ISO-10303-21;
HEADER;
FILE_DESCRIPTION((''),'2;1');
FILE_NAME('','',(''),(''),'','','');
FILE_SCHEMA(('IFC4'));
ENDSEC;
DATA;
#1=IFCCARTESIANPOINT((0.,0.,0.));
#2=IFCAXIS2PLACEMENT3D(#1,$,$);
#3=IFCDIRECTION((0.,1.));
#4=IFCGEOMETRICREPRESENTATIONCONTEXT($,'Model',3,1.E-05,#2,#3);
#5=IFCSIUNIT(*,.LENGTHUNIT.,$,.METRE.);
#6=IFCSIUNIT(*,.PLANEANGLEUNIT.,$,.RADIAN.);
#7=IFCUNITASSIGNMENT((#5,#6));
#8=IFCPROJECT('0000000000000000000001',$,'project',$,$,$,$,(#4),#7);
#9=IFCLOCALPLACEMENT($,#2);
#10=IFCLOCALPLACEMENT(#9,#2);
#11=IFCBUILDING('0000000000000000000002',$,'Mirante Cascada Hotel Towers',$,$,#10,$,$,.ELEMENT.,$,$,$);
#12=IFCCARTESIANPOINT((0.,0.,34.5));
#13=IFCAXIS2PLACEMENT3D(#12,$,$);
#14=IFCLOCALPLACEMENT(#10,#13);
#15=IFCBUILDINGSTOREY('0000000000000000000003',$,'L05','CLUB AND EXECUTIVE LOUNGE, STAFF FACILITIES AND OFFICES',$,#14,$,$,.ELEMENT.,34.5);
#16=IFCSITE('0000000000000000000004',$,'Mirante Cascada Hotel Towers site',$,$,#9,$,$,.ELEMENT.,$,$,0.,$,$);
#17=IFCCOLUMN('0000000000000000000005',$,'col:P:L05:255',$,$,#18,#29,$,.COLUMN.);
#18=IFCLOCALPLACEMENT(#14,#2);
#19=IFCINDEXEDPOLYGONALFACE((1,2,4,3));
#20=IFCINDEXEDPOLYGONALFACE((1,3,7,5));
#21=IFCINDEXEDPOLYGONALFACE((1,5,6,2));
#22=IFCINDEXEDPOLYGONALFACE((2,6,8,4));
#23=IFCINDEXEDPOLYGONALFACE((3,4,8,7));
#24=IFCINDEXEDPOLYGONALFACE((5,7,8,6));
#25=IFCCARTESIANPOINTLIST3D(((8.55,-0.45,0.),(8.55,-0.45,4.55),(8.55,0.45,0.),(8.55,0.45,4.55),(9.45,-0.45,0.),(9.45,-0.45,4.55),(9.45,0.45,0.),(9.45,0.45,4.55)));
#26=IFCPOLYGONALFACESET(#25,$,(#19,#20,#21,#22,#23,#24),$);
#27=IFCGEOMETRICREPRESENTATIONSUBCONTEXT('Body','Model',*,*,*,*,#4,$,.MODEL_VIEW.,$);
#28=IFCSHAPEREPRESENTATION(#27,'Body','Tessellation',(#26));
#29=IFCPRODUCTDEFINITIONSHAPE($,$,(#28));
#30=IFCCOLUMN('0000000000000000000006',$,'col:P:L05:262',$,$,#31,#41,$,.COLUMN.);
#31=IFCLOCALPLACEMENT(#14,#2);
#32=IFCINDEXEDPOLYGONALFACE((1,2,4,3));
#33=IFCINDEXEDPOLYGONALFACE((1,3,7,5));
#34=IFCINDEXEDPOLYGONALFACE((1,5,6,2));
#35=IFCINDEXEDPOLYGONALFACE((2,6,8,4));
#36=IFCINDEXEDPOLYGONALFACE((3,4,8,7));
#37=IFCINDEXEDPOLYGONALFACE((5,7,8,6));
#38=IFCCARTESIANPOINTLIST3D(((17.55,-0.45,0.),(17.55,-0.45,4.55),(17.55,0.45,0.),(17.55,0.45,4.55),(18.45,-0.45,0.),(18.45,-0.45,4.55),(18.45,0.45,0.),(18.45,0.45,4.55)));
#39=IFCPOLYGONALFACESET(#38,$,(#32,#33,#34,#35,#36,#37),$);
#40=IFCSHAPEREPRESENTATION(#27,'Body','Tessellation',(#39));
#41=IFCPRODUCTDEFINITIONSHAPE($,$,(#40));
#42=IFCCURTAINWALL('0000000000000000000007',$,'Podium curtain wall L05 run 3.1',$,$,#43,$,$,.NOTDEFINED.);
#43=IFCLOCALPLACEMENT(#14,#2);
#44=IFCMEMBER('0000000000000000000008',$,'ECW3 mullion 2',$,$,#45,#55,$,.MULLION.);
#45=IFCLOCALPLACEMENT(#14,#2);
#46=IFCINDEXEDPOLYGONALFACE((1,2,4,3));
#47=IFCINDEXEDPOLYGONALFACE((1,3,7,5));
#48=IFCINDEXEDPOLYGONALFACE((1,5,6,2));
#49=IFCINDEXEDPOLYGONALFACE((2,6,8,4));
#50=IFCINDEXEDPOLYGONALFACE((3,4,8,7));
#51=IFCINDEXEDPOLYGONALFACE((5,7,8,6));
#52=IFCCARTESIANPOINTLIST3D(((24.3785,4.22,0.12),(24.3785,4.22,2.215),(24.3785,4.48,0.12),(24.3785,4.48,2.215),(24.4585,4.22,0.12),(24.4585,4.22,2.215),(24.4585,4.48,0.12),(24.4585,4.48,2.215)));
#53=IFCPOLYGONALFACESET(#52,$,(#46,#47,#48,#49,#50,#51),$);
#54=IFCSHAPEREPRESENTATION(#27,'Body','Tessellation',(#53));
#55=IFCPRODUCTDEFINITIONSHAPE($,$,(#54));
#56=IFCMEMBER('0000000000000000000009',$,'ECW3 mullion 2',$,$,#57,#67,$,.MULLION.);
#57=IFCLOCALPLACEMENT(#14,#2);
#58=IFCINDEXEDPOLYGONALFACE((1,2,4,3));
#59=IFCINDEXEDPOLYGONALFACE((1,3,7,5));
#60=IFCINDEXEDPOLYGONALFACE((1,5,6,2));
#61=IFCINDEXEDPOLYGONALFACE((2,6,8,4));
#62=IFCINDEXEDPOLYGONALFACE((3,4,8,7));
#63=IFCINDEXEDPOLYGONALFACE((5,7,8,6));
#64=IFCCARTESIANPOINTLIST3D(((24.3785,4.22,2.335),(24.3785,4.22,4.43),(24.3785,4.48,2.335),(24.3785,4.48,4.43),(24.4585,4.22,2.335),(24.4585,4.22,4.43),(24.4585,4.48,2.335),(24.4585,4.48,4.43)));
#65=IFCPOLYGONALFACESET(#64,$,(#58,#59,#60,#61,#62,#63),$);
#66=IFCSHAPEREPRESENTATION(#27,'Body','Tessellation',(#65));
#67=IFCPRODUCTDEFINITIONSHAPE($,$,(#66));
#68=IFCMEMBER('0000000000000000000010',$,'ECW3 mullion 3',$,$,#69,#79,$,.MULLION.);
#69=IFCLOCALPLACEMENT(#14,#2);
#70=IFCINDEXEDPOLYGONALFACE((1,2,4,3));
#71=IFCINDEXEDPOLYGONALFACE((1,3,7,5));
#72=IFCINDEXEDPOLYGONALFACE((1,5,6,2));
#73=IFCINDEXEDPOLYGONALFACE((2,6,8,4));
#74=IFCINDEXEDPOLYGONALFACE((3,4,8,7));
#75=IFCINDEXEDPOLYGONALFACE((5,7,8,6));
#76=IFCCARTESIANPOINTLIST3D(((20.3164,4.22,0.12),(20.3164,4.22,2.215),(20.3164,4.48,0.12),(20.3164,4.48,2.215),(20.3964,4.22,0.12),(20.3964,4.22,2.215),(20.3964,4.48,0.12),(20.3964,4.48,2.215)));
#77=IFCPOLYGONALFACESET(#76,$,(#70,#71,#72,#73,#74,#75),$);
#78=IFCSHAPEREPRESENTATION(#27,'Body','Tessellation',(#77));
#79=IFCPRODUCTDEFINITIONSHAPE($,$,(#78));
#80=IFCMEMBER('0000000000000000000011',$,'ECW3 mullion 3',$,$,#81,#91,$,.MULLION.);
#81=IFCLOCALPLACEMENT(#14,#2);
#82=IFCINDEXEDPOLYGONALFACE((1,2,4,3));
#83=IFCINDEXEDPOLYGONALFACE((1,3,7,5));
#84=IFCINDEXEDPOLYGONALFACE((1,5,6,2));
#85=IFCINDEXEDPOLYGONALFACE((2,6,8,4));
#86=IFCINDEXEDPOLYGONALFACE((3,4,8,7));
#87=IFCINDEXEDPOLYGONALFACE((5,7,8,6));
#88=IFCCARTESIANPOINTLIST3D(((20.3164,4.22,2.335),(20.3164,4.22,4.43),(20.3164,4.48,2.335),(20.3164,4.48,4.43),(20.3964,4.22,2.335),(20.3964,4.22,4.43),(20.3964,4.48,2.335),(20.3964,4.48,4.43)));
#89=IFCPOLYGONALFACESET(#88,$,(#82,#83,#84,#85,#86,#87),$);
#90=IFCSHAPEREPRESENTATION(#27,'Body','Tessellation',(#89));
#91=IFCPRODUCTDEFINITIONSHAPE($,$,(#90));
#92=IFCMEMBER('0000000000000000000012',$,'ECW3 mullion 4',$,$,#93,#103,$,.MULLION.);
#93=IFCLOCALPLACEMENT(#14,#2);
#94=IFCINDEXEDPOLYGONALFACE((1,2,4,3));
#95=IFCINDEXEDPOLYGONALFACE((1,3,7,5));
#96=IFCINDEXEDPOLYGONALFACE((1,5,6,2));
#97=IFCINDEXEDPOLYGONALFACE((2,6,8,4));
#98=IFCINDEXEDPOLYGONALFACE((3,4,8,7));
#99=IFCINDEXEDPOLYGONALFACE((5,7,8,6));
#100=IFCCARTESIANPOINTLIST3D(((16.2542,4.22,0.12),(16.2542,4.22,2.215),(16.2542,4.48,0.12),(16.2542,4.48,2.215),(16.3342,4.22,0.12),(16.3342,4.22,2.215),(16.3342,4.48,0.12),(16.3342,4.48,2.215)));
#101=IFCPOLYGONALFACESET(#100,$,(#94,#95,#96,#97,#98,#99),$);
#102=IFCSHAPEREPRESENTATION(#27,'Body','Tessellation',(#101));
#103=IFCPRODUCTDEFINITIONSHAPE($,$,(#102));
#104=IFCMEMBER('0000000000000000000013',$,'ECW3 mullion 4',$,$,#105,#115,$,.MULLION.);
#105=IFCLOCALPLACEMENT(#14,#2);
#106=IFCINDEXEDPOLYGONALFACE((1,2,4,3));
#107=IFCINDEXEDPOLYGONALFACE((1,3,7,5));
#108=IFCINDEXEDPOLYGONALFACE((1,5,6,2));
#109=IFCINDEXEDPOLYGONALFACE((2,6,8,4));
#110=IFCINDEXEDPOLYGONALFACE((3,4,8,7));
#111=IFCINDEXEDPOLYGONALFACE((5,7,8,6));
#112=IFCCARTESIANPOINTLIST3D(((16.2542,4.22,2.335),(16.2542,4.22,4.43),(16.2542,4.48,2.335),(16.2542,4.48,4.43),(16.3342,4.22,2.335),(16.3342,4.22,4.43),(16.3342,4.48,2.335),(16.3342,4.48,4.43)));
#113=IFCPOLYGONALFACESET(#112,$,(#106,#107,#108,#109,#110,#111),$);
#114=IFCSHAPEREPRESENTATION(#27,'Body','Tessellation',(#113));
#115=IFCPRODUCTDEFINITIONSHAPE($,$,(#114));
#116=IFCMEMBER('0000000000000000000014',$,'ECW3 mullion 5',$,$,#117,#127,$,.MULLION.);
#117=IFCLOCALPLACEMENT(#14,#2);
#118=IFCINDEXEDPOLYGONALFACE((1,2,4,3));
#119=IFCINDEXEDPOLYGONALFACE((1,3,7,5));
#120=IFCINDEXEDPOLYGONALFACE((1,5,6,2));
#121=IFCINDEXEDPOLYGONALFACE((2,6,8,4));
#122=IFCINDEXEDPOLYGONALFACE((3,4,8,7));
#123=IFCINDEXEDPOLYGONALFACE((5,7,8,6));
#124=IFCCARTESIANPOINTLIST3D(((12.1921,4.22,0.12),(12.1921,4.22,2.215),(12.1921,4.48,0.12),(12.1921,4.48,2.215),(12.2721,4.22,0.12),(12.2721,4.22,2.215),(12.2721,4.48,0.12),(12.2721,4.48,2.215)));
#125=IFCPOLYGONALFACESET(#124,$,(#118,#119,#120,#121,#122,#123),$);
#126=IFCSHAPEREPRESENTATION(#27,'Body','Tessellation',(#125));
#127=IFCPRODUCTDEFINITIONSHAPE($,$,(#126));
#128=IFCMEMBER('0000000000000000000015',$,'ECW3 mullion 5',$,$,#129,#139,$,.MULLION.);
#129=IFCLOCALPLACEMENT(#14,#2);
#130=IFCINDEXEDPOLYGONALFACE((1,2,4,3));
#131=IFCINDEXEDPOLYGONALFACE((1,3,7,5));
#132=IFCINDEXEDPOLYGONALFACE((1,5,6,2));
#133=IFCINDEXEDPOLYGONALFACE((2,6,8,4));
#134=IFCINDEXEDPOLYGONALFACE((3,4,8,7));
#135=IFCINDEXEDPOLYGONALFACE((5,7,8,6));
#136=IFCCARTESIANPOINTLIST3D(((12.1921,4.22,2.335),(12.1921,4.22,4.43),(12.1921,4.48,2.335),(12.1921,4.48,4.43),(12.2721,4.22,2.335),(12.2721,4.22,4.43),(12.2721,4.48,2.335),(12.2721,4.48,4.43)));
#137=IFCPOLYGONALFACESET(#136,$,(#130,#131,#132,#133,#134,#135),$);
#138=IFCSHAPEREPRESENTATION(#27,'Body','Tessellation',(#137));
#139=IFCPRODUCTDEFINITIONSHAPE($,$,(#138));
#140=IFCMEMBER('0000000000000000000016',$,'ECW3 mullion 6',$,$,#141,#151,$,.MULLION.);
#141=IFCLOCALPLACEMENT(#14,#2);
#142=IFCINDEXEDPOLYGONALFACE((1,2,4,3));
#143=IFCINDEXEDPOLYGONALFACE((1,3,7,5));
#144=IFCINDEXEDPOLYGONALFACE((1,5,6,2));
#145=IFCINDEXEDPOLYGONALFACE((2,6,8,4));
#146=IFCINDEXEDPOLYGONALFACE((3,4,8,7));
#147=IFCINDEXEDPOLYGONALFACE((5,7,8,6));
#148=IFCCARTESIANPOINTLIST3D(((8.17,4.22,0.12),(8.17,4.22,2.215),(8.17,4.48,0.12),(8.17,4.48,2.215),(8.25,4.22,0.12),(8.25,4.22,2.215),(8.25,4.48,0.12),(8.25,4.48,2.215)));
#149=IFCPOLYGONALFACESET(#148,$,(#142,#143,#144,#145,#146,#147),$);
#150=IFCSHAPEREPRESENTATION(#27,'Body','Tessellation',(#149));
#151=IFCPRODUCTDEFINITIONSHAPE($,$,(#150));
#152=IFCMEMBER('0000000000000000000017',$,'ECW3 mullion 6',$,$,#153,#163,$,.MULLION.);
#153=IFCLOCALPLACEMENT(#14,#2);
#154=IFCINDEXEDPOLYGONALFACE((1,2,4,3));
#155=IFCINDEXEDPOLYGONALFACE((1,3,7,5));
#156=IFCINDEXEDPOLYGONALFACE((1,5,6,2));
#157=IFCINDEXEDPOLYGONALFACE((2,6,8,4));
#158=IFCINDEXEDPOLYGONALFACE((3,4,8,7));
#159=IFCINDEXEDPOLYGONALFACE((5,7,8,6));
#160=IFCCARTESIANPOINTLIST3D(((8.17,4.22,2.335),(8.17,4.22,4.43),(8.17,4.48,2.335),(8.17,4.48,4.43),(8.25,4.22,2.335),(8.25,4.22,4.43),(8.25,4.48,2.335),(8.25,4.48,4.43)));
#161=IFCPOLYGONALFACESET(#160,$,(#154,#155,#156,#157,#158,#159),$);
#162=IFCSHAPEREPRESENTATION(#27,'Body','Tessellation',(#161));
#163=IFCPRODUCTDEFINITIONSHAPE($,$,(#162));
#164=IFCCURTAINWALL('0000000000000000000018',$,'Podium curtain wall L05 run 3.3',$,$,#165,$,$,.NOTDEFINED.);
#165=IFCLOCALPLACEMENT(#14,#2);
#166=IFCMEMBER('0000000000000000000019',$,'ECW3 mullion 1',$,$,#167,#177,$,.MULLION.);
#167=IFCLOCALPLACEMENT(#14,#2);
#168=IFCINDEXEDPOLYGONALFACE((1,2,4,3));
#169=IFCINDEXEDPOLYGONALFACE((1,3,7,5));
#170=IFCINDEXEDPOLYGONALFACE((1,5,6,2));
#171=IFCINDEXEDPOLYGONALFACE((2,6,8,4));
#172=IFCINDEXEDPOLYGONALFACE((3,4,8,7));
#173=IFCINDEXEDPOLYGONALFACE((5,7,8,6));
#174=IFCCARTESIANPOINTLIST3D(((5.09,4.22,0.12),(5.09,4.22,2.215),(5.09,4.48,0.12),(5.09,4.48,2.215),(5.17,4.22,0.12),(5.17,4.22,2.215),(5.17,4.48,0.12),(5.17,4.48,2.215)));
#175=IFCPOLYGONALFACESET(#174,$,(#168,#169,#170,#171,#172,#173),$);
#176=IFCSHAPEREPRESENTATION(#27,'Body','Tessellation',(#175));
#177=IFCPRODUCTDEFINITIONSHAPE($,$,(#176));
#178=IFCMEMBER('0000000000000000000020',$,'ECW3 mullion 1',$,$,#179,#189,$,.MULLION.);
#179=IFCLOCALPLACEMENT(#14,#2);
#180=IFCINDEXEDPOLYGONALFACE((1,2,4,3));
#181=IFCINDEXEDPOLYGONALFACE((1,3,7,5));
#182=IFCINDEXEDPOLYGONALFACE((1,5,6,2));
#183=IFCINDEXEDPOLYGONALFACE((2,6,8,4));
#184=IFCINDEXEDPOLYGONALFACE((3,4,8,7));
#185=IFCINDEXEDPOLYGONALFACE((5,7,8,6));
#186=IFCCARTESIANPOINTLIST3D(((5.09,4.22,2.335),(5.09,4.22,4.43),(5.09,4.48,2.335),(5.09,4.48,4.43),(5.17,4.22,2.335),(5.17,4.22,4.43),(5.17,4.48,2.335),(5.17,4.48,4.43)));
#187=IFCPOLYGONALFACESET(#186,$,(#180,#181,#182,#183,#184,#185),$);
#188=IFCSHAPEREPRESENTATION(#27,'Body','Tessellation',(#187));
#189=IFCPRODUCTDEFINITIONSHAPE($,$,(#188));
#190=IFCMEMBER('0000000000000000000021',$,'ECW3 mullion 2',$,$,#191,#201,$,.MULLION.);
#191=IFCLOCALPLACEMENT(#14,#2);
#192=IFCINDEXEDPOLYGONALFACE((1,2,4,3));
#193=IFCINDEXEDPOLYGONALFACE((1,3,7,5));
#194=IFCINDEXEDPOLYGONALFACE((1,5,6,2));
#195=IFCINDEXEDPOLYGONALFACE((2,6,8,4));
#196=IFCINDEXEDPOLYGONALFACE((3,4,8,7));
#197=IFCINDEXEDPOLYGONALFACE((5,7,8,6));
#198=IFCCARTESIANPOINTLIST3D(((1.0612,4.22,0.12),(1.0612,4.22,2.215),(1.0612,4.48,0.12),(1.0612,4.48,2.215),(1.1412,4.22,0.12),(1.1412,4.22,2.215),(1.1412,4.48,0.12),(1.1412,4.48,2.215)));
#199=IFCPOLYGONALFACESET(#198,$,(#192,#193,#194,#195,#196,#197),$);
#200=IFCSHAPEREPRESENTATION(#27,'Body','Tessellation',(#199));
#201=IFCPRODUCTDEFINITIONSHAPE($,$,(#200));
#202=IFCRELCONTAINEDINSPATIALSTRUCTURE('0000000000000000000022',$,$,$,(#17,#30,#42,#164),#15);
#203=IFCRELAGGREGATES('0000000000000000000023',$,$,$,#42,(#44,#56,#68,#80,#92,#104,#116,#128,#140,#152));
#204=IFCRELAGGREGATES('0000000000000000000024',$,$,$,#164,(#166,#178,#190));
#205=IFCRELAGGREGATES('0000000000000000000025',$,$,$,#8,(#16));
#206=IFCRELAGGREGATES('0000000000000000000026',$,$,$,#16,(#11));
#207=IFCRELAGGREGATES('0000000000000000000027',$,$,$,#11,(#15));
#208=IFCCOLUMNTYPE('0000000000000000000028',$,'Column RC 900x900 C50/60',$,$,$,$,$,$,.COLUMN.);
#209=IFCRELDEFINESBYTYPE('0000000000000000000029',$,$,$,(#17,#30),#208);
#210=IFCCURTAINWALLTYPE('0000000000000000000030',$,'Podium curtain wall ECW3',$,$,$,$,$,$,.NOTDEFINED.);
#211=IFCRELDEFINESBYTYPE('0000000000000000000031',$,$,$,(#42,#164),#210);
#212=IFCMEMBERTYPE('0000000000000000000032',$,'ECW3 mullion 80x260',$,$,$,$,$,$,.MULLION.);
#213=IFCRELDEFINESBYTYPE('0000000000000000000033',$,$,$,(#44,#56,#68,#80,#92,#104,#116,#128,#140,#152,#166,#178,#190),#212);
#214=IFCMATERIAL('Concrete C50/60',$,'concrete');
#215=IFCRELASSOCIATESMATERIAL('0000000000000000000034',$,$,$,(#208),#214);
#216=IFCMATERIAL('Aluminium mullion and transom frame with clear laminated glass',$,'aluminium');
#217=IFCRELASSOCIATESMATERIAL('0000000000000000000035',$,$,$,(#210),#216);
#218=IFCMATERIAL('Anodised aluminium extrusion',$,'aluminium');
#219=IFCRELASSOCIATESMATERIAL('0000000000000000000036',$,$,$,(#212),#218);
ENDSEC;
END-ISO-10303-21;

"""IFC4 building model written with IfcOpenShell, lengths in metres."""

from ifc_helpers import new_model, si_unit, direction, frame, origin, origin_2d, place, context, subcontext, project, spatial, rectangle, extrude, material, material_profile, profile_set, type_object, element, aggregate, save


model = new_model("IFC4")

# Units and contexts
model_context = context("Model", 3, precision=1e-05, world=origin(), true_north=direction((0.0, 1.0)))
body_context = subcontext(model_context, "Body", "Model", "MODEL_VIEW")
ifc_project = project(units=[si_unit("LENGTHUNIT", "METRE"), si_unit("PLANEANGLEUNIT", "RADIAN")], contexts=[model_context])

# Site, building, storey
site_placement = place(None, origin())
site = spatial("IfcSite", under=ifc_project, at=site_placement, Name="Mirante Cascada Hotel Towers site", CompositionType="ELEMENT", RefElevation=0.0)
building_placement = place(site_placement, origin())
building = spatial("IfcBuilding", under=site, at=building_placement, Name="Mirante Cascada Hotel Towers", CompositionType="ELEMENT")
storey_placement = place(building_placement, frame((0.0, 0.0, 34.5)))
storey = spatial("IfcBuildingStorey", under=building, at=storey_placement, Name="L05", Description="CLUB AND EXECUTIVE LOUNGE, STAFF FACILITIES AND OFFICES", CompositionType="ELEMENT", Elevation=34.5)

# Columns
ifc_material_1 = material(Name="Concrete C50/60", Category="concrete")
ifc_material_profile_1 = material_profile(ifc_material_1, rectangle(XDim=0.9, YDim=0.9, at=origin_2d()), Name="RC 900x900")
ifc_profile_set_1 = profile_set([ifc_material_profile_1], Name="Concrete C50/60")
column_type = type_object("IfcColumnType", Name="Column RC 900x900 C50/60", PredefinedType="COLUMN", material=ifc_profile_set_1)
for number, where, z_axis, x_axis, name in (
    (1, (9.0, 0.0, 0.0), (0.0, 0.0, 1.0), (1.0, 0.0, 0.0), "col:P:L05:255"),
    (2, (18.0, 0.0, 0.0), (0.0, 0.0, 1.0), (1.0, 0.0, 0.0), "col:P:L05:262"),
):
    element("IfcColumn", number, at=place(storey_placement, frame(where, z_axis=z_axis, x_axis=x_axis)), inside=storey, type_object=column_type, Name=name, PredefinedType="COLUMN", context=body_context, shape_type="SweptSolid", body=[
        extrude(rectangle(XDim=0.9, YDim=0.9, at=origin_2d()), origin(), (0.0, 0.0, 1.0), 4.55),
    ])

# Curtain walls, members
ifc_material_2 = material(Name="Aluminium mullion and transom frame with clear laminated glass", Category="aluminium")
curtain_wall_type = type_object("IfcCurtainWallType", Name="Podium curtain wall ECW3", PredefinedType="NOTDEFINED", material=ifc_material_2)
curtain_wall_1_placement = place(storey_placement, origin())
curtain_wall_1 = element("IfcCurtainWall", 3, at=curtain_wall_1_placement, inside=storey, type_object=curtain_wall_type, Name="Podium curtain wall L05 run 3.1", PredefinedType="NOTDEFINED")
ifc_material_3 = material(Name="Anodised aluminium extrusion", Category="aluminium")
ifc_material_profile_2 = material_profile(ifc_material_3, rectangle(XDim=0.26, YDim=0.08, at=origin_2d()), Name="ECW3 MULLION 80x260")
ifc_profile_set_2 = profile_set([ifc_material_profile_2], Name="Anodised aluminium extrusion")
member_type_1 = type_object("IfcMemberType", Name="ECW3 mullion 80x260", PredefinedType="MULLION", material=ifc_profile_set_2)
member_1_placement = place(storey_placement, frame((24.4185, 4.35, 0.12), z_axis=(0.0, 0.0, 1.0), x_axis=(0.0, -1.0, 0.0)))
member_1 = element("IfcMember", 4, at=member_1_placement, type_object=member_type_1, Name="ECW3 mullion 2", PredefinedType="MULLION", context=body_context, shape_type="SweptSolid", body=[
    extrude(rectangle(XDim=0.26, YDim=0.08, at=origin_2d()), origin(), (0.0, 0.0, 1.0), 2.095),
])
member_2_placement = place(storey_placement, frame((24.4185, 4.35, 2.335), z_axis=(0.0, 0.0, 1.0), x_axis=(0.0, -1.0, 0.0)))
member_2 = element("IfcMember", 5, at=member_2_placement, type_object=member_type_1, Name="ECW3 mullion 2", PredefinedType="MULLION", context=body_context, shape_type="SweptSolid", body=[
    extrude(rectangle(XDim=0.26, YDim=0.08, at=origin_2d()), origin(), (0.0, 0.0, 1.0), 2.095),
])
member_3_placement = place(storey_placement, frame((20.3564, 4.35, 0.12), z_axis=(0.0, 0.0, 1.0), x_axis=(0.0, -1.0, 0.0)))
member_3 = element("IfcMember", 6, at=member_3_placement, type_object=member_type_1, Name="ECW3 mullion 3", PredefinedType="MULLION", context=body_context, shape_type="SweptSolid", body=[
    extrude(rectangle(XDim=0.26, YDim=0.08, at=origin_2d()), origin(), (0.0, 0.0, 1.0), 2.095),
])
member_4_placement = place(storey_placement, frame((20.3564, 4.35, 2.335), z_axis=(0.0, 0.0, 1.0), x_axis=(0.0, -1.0, 0.0)))
member_4 = element("IfcMember", 7, at=member_4_placement, type_object=member_type_1, Name="ECW3 mullion 3", PredefinedType="MULLION", context=body_context, shape_type="SweptSolid", body=[
    extrude(rectangle(XDim=0.26, YDim=0.08, at=origin_2d()), origin(), (0.0, 0.0, 1.0), 2.095),
])
member_5_placement = place(storey_placement, frame((16.2942, 4.35, 0.12), z_axis=(0.0, 0.0, 1.0), x_axis=(0.0, -1.0, 0.0)))
member_5 = element("IfcMember", 8, at=member_5_placement, type_object=member_type_1, Name="ECW3 mullion 4", PredefinedType="MULLION", context=body_context, shape_type="SweptSolid", body=[
    extrude(rectangle(XDim=0.26, YDim=0.08, at=origin_2d()), origin(), (0.0, 0.0, 1.0), 2.095),
])
member_6_placement = place(storey_placement, frame((16.2942, 4.35, 2.335), z_axis=(0.0, 0.0, 1.0), x_axis=(0.0, -1.0, 0.0)))
member_6 = element("IfcMember", 9, at=member_6_placement, type_object=member_type_1, Name="ECW3 mullion 4", PredefinedType="MULLION", context=body_context, shape_type="SweptSolid", body=[
    extrude(rectangle(XDim=0.26, YDim=0.08, at=origin_2d()), origin(), (0.0, 0.0, 1.0), 2.095),
])
member_7_placement = place(storey_placement, frame((12.2321, 4.35, 0.12), z_axis=(0.0, 0.0, 1.0), x_axis=(0.0, -1.0, 0.0)))
member_7 = element("IfcMember", 10, at=member_7_placement, type_object=member_type_1, Name="ECW3 mullion 5", PredefinedType="MULLION", context=body_context, shape_type="SweptSolid", body=[
    extrude(rectangle(XDim=0.26, YDim=0.08, at=origin_2d()), origin(), (0.0, 0.0, 1.0), 2.095),
])
member_8_placement = place(storey_placement, frame((12.2321, 4.35, 2.335), z_axis=(0.0, 0.0, 1.0), x_axis=(0.0, -1.0, 0.0)))
member_8 = element("IfcMember", 11, at=member_8_placement, type_object=member_type_1, Name="ECW3 mullion 5", PredefinedType="MULLION", context=body_context, shape_type="SweptSolid", body=[
    extrude(rectangle(XDim=0.26, YDim=0.08, at=origin_2d()), origin(), (0.0, 0.0, 1.0), 2.095),
])
member_9_placement = place(storey_placement, frame((8.21, 4.35, 0.12), z_axis=(0.0, 0.0, 1.0), x_axis=(0.0, -1.0, 0.0)))
member_9 = element("IfcMember", 12, at=member_9_placement, type_object=member_type_1, Name="ECW3 mullion 6", PredefinedType="MULLION", context=body_context, shape_type="SweptSolid", body=[
    extrude(rectangle(XDim=0.26, YDim=0.08, at=origin_2d()), origin(), (0.0, 0.0, 1.0), 2.095),
])
member_10_placement = place(storey_placement, frame((8.21, 4.35, 2.335), z_axis=(0.0, 0.0, 1.0), x_axis=(0.0, -1.0, 0.0)))
member_10 = element("IfcMember", 13, at=member_10_placement, type_object=member_type_1, Name="ECW3 mullion 6", PredefinedType="MULLION", context=body_context, shape_type="SweptSolid", body=[
    extrude(rectangle(XDim=0.26, YDim=0.08, at=origin_2d()), origin(), (0.0, 0.0, 1.0), 2.095),
])
curtain_wall_2_placement = place(storey_placement, origin())
curtain_wall_2 = element("IfcCurtainWall", 14, at=curtain_wall_2_placement, inside=storey, type_object=curtain_wall_type, Name="Podium curtain wall L05 run 3.3", PredefinedType="NOTDEFINED")
member_11_placement = place(storey_placement, frame((5.13, 4.35, 0.12), z_axis=(0.0, 0.0, 1.0), x_axis=(0.0, -1.0, 0.0)))
member_11 = element("IfcMember", 15, at=member_11_placement, type_object=member_type_1, Name="ECW3 mullion 1", PredefinedType="MULLION", context=body_context, shape_type="SweptSolid", body=[
    extrude(rectangle(XDim=0.26, YDim=0.08, at=origin_2d()), origin(), (0.0, 0.0, 1.0), 2.095),
])
member_12_placement = place(storey_placement, frame((5.13, 4.35, 2.335), z_axis=(0.0, 0.0, 1.0), x_axis=(0.0, -1.0, 0.0)))
member_12 = element("IfcMember", 16, at=member_12_placement, type_object=member_type_1, Name="ECW3 mullion 1", PredefinedType="MULLION", context=body_context, shape_type="SweptSolid", body=[
    extrude(rectangle(XDim=0.26, YDim=0.08, at=origin_2d()), origin(), (0.0, 0.0, 1.0), 2.095),
])
member_13_placement = place(storey_placement, frame((1.1012, 4.35, 0.12), z_axis=(0.0, 0.0, 1.0), x_axis=(0.0, -1.0, 0.0)))
member_13 = element("IfcMember", 17, at=member_13_placement, type_object=member_type_1, Name="ECW3 mullion 2", PredefinedType="MULLION", context=body_context, shape_type="SweptSolid", body=[
    extrude(rectangle(XDim=0.26, YDim=0.08, at=origin_2d()), origin(), (0.0, 0.0, 1.0), 2.095),
])

aggregate(curtain_wall_1, [member_1, member_2, member_3, member_4, member_5, member_6, member_7, member_8, member_9, member_10])
aggregate(curtain_wall_2, [member_11, member_12, member_13])

save(model, "model.ifc")
